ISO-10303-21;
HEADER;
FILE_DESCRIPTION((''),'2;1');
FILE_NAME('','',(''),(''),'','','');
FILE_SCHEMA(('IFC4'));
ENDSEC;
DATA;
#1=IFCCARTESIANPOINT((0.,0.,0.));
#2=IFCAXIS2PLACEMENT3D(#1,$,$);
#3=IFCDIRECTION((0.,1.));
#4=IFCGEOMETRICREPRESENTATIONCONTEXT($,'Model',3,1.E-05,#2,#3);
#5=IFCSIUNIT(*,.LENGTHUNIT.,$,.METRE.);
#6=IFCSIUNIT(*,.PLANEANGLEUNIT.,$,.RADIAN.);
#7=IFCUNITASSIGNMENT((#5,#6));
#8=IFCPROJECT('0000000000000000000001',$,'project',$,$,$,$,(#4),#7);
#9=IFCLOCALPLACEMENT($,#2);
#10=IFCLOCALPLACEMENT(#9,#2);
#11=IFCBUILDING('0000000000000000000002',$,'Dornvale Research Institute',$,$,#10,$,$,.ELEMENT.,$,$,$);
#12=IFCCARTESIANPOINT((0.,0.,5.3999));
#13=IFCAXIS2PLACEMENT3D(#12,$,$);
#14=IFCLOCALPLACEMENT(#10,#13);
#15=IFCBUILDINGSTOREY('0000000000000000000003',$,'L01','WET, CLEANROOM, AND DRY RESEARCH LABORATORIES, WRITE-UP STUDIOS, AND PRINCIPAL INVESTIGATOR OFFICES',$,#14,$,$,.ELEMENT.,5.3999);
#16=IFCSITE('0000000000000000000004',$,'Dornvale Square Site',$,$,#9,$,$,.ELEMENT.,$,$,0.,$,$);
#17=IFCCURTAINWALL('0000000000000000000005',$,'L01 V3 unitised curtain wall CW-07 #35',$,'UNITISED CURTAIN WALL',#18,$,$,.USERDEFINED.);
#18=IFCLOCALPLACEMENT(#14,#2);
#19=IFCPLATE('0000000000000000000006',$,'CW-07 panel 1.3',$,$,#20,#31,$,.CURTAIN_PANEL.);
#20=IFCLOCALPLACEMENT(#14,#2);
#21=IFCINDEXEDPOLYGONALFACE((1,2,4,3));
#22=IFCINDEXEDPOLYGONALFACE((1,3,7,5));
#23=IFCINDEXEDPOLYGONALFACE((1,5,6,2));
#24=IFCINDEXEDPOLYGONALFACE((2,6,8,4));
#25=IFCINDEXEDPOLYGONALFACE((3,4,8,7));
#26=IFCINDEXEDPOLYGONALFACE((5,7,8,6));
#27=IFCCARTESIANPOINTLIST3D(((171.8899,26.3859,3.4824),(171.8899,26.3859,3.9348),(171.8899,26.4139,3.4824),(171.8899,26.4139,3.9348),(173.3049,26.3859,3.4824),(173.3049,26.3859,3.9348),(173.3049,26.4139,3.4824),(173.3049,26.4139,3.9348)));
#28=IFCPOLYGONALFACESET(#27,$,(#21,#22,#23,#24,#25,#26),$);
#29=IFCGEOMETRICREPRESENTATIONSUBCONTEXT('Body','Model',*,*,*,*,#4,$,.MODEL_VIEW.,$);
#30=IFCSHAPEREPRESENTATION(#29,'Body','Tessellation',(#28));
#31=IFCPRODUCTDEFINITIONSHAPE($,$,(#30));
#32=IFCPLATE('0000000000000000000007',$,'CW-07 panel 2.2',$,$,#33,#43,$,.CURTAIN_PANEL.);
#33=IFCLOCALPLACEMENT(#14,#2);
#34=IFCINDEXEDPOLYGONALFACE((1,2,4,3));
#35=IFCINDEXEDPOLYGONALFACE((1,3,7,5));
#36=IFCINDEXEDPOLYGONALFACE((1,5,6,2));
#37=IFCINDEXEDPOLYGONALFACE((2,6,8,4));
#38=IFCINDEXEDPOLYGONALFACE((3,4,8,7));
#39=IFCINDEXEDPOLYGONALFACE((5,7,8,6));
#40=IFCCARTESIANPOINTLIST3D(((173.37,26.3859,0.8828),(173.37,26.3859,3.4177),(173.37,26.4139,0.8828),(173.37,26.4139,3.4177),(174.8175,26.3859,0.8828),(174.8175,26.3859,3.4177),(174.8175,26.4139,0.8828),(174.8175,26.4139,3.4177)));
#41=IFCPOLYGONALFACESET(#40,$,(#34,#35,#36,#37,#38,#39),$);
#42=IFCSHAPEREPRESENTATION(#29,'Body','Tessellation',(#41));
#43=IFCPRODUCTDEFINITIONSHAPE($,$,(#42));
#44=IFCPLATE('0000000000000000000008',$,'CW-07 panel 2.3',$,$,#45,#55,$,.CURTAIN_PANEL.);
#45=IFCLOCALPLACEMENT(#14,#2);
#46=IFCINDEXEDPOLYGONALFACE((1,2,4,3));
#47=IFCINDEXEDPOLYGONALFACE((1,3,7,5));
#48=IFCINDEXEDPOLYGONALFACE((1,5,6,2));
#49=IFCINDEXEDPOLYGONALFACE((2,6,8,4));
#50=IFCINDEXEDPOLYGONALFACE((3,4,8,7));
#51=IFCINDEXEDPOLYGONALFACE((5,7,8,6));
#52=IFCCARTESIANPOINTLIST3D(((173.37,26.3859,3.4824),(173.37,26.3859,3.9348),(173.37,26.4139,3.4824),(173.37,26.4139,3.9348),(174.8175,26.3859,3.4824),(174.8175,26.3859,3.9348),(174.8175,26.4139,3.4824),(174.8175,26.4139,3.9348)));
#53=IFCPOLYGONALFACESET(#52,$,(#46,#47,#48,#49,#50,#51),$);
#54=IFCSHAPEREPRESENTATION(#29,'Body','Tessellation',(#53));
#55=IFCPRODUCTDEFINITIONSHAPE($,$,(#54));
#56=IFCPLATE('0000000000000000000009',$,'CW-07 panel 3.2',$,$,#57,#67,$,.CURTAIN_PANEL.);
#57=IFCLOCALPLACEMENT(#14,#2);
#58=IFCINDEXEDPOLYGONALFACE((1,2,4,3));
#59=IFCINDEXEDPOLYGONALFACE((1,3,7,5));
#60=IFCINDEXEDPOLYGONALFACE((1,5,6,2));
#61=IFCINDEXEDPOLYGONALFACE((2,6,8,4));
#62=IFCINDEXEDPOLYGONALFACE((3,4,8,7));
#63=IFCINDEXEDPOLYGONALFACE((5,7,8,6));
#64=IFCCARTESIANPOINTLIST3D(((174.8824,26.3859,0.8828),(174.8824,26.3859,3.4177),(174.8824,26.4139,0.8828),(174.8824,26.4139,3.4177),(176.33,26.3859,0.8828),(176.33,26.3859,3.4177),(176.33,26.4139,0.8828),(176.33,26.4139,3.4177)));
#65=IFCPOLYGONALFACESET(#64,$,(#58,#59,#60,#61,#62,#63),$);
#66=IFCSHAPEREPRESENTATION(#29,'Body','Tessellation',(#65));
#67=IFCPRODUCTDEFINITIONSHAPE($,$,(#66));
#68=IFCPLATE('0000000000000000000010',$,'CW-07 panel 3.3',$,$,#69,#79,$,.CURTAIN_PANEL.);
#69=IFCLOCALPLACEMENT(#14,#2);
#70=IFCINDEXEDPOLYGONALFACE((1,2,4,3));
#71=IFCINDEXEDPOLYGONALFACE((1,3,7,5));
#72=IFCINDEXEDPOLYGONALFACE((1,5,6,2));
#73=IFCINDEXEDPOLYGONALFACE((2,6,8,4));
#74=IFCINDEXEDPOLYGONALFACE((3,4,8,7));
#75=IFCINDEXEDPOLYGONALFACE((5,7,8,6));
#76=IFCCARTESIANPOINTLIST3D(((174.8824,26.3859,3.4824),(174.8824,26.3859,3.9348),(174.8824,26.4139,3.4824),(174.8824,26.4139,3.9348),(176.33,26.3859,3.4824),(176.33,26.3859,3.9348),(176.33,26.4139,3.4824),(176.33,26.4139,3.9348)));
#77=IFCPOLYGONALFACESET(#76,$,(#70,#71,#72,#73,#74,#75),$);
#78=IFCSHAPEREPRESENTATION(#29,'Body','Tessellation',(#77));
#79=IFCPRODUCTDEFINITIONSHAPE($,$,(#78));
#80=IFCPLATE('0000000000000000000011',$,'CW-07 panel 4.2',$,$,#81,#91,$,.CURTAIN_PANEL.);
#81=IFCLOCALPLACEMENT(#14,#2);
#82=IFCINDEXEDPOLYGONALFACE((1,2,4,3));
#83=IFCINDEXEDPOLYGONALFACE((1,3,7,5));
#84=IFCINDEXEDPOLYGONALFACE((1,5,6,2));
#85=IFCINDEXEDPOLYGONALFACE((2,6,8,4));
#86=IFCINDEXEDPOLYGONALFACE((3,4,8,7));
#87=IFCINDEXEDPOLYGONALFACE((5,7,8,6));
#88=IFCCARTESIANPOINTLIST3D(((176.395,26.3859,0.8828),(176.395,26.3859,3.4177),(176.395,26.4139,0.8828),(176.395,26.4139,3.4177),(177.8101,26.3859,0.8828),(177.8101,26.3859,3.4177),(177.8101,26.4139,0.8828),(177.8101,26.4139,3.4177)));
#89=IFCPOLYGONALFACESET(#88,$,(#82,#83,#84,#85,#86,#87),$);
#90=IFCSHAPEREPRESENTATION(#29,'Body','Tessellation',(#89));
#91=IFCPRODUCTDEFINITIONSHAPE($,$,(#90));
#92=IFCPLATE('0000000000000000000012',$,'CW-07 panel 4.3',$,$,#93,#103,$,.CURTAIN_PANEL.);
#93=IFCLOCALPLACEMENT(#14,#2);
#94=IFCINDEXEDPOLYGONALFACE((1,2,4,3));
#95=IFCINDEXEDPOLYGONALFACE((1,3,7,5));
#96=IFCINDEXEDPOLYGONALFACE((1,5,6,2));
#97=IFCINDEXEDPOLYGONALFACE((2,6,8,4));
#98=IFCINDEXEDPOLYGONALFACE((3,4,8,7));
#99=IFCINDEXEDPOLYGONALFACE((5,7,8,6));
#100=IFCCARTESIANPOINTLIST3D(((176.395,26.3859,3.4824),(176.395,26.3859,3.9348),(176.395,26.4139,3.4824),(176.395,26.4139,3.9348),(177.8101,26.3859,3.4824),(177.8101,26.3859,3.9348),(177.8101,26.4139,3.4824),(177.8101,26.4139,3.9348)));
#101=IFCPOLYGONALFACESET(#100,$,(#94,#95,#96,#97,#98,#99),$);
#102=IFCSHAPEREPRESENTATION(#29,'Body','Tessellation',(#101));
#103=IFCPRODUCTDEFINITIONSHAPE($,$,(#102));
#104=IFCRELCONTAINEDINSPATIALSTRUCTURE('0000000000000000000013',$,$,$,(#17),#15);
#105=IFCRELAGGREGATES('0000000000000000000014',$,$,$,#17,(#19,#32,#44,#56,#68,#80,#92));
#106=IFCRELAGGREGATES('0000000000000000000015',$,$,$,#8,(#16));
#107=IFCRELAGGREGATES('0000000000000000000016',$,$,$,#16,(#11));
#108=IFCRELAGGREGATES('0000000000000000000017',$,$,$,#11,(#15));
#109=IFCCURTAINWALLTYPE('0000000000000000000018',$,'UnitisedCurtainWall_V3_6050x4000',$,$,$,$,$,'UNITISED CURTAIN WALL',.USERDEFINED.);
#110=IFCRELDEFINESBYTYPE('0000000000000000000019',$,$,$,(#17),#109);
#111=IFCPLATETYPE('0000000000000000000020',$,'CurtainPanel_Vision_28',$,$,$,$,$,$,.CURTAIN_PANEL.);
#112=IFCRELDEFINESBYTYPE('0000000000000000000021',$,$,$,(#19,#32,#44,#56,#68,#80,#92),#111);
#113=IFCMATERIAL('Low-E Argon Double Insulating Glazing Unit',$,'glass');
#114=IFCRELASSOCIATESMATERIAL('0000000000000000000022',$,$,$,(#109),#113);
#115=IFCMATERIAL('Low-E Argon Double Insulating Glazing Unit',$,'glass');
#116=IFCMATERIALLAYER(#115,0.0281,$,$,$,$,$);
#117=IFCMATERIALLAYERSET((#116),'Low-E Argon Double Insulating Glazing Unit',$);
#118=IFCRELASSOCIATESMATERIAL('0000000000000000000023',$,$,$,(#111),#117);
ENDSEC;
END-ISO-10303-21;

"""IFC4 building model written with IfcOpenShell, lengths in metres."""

from ifc_helpers import new_model, si_unit, direction, frame, origin, origin_2d, place, context, subcontext, project, spatial, rectangle, extrude, material, layer, layer_set, type_object, element, aggregate, save


model = new_model("IFC4")

# Units and contexts
model_context = context("Model", 3, precision=1e-05, world=origin(), true_north=direction((0.0, 1.0)))
body_context = subcontext(model_context, "Body", "Model", "MODEL_VIEW")
ifc_project = project(units=[si_unit("LENGTHUNIT", "METRE"), si_unit("PLANEANGLEUNIT", "RADIAN")], contexts=[model_context])

# Site, building, storey
site_placement = place(None, origin())
site = spatial("IfcSite", under=ifc_project, at=site_placement, Name="Dornvale Square Site", CompositionType="ELEMENT", RefElevation=0.0)
building_placement = place(site_placement, origin())
building = spatial("IfcBuilding", under=site, at=building_placement, Name="Dornvale Research Institute", CompositionType="ELEMENT")
storey_placement = place(building_placement, frame((0.0, 0.0, 5.3999)))
storey = spatial("IfcBuildingStorey", under=building, at=storey_placement, Name="L01", Description="WET, CLEANROOM, AND DRY RESEARCH LABORATORIES, WRITE-UP STUDIOS, AND PRINCIPAL INVESTIGATOR OFFICES", CompositionType="ELEMENT", Elevation=5.3999)

# Curtain wall
ifc_material_1 = material(Name="Low-E Argon Double Insulating Glazing Unit", Category="glass")
curtain_wall_type = type_object("IfcCurtainWallType", Name="UnitisedCurtainWall_V3_6050x4000", ElementType="UNITISED CURTAIN WALL", PredefinedType="USERDEFINED", material=ifc_material_1)
curtain_wall_placement = place(storey_placement, origin())
curtain_wall = element("IfcCurtainWall", 1, at=curtain_wall_placement, inside=storey, type_object=curtain_wall_type, Name="L01 V3 unitised curtain wall CW-07 #35", ObjectType="UNITISED CURTAIN WALL", PredefinedType="USERDEFINED")

# Plates
ifc_material_2 = material(Name="Low-E Argon Double Insulating Glazing Unit", Category="glass")
ifc_layer_1 = layer(ifc_material_2, 0.0281)
ifc_layer_set_1 = layer_set([ifc_layer_1], Name="Low-E Argon Double Insulating Glazing Unit")
plate_type_1 = type_object("IfcPlateType", Name="CurtainPanel_Vision_28", PredefinedType="CURTAIN_PANEL", material=ifc_layer_set_1)
plate_1_placement = place(storey_placement, frame((172.5974, 26.3999, 3.4824), z_axis=(0.0, 0.0, 1.0), x_axis=(1.0, 0.0, 0.0)))
plate_1 = element("IfcPlate", 2, at=plate_1_placement, type_object=plate_type_1, Name="CW-07 panel 1.3", PredefinedType="CURTAIN_PANEL", context=body_context, shape_type="SweptSolid", body=[
    extrude(rectangle(XDim=1.415, YDim=0.0281, at=origin_2d()), origin(), (0.0, 0.0, 1.0), 0.4524),
])
plate_2_placement = place(storey_placement, frame((174.0938, 26.3999, 0.8828), z_axis=(0.0, 0.0, 1.0), x_axis=(1.0, 0.0, 0.0)))
plate_2 = element("IfcPlate", 3, at=plate_2_placement, type_object=plate_type_1, Name="CW-07 panel 2.2", PredefinedType="CURTAIN_PANEL", context=body_context, shape_type="SweptSolid", body=[
    extrude(rectangle(XDim=1.4475, YDim=0.0281, at=origin_2d()), origin(), (0.0, 0.0, 1.0), 2.5349),
])
plate_3_placement = place(storey_placement, frame((174.0938, 26.3999, 3.4824), z_axis=(0.0, 0.0, 1.0), x_axis=(1.0, 0.0, 0.0)))
plate_3 = element("IfcPlate", 4, at=plate_3_placement, type_object=plate_type_1, Name="CW-07 panel 2.3", PredefinedType="CURTAIN_PANEL", context=body_context, shape_type="SweptSolid", body=[
    extrude(rectangle(XDim=1.4475, YDim=0.0281, at=origin_2d()), origin(), (0.0, 0.0, 1.0), 0.4524),
])
plate_4_placement = place(storey_placement, frame((175.6062, 26.3999, 0.8828), z_axis=(0.0, 0.0, 1.0), x_axis=(1.0, 0.0, 0.0)))
plate_4 = element("IfcPlate", 5, at=plate_4_placement, type_object=plate_type_1, Name="CW-07 panel 3.2", PredefinedType="CURTAIN_PANEL", context=body_context, shape_type="SweptSolid", body=[
    extrude(rectangle(XDim=1.4475, YDim=0.0281, at=origin_2d()), origin(), (0.0, 0.0, 1.0), 2.5349),
])
plate_5_placement = place(storey_placement, frame((175.6062, 26.3999, 3.4824), z_axis=(0.0, 0.0, 1.0), x_axis=(1.0, 0.0, 0.0)))
plate_5 = element("IfcPlate", 6, at=plate_5_placement, type_object=plate_type_1, Name="CW-07 panel 3.3", PredefinedType="CURTAIN_PANEL", context=body_context, shape_type="SweptSolid", body=[
    extrude(rectangle(XDim=1.4475, YDim=0.0281, at=origin_2d()), origin(), (0.0, 0.0, 1.0), 0.4524),
])
plate_6_placement = place(storey_placement, frame((177.1025, 26.3999, 0.8828), z_axis=(0.0, 0.0, 1.0), x_axis=(1.0, 0.0, 0.0)))
plate_6 = element("IfcPlate", 7, at=plate_6_placement, type_object=plate_type_1, Name="CW-07 panel 4.2", PredefinedType="CURTAIN_PANEL", context=body_context, shape_type="SweptSolid", body=[
    extrude(rectangle(XDim=1.415, YDim=0.0281, at=origin_2d()), origin(), (0.0, 0.0, 1.0), 2.5349),
])
plate_7_placement = place(storey_placement, frame((177.1025, 26.3999, 3.4824), z_axis=(0.0, 0.0, 1.0), x_axis=(1.0, 0.0, 0.0)))
plate_7 = element("IfcPlate", 8, at=plate_7_placement, type_object=plate_type_1, Name="CW-07 panel 4.3", PredefinedType="CURTAIN_PANEL", context=body_context, shape_type="SweptSolid", body=[
    extrude(rectangle(XDim=1.415, YDim=0.0281, at=origin_2d()), origin(), (0.0, 0.0, 1.0), 0.4524),
])
aggregate(curtain_wall, [plate_1, plate_2, plate_3, plate_4, plate_5, plate_6, plate_7])

save(model, "model.ifc")
